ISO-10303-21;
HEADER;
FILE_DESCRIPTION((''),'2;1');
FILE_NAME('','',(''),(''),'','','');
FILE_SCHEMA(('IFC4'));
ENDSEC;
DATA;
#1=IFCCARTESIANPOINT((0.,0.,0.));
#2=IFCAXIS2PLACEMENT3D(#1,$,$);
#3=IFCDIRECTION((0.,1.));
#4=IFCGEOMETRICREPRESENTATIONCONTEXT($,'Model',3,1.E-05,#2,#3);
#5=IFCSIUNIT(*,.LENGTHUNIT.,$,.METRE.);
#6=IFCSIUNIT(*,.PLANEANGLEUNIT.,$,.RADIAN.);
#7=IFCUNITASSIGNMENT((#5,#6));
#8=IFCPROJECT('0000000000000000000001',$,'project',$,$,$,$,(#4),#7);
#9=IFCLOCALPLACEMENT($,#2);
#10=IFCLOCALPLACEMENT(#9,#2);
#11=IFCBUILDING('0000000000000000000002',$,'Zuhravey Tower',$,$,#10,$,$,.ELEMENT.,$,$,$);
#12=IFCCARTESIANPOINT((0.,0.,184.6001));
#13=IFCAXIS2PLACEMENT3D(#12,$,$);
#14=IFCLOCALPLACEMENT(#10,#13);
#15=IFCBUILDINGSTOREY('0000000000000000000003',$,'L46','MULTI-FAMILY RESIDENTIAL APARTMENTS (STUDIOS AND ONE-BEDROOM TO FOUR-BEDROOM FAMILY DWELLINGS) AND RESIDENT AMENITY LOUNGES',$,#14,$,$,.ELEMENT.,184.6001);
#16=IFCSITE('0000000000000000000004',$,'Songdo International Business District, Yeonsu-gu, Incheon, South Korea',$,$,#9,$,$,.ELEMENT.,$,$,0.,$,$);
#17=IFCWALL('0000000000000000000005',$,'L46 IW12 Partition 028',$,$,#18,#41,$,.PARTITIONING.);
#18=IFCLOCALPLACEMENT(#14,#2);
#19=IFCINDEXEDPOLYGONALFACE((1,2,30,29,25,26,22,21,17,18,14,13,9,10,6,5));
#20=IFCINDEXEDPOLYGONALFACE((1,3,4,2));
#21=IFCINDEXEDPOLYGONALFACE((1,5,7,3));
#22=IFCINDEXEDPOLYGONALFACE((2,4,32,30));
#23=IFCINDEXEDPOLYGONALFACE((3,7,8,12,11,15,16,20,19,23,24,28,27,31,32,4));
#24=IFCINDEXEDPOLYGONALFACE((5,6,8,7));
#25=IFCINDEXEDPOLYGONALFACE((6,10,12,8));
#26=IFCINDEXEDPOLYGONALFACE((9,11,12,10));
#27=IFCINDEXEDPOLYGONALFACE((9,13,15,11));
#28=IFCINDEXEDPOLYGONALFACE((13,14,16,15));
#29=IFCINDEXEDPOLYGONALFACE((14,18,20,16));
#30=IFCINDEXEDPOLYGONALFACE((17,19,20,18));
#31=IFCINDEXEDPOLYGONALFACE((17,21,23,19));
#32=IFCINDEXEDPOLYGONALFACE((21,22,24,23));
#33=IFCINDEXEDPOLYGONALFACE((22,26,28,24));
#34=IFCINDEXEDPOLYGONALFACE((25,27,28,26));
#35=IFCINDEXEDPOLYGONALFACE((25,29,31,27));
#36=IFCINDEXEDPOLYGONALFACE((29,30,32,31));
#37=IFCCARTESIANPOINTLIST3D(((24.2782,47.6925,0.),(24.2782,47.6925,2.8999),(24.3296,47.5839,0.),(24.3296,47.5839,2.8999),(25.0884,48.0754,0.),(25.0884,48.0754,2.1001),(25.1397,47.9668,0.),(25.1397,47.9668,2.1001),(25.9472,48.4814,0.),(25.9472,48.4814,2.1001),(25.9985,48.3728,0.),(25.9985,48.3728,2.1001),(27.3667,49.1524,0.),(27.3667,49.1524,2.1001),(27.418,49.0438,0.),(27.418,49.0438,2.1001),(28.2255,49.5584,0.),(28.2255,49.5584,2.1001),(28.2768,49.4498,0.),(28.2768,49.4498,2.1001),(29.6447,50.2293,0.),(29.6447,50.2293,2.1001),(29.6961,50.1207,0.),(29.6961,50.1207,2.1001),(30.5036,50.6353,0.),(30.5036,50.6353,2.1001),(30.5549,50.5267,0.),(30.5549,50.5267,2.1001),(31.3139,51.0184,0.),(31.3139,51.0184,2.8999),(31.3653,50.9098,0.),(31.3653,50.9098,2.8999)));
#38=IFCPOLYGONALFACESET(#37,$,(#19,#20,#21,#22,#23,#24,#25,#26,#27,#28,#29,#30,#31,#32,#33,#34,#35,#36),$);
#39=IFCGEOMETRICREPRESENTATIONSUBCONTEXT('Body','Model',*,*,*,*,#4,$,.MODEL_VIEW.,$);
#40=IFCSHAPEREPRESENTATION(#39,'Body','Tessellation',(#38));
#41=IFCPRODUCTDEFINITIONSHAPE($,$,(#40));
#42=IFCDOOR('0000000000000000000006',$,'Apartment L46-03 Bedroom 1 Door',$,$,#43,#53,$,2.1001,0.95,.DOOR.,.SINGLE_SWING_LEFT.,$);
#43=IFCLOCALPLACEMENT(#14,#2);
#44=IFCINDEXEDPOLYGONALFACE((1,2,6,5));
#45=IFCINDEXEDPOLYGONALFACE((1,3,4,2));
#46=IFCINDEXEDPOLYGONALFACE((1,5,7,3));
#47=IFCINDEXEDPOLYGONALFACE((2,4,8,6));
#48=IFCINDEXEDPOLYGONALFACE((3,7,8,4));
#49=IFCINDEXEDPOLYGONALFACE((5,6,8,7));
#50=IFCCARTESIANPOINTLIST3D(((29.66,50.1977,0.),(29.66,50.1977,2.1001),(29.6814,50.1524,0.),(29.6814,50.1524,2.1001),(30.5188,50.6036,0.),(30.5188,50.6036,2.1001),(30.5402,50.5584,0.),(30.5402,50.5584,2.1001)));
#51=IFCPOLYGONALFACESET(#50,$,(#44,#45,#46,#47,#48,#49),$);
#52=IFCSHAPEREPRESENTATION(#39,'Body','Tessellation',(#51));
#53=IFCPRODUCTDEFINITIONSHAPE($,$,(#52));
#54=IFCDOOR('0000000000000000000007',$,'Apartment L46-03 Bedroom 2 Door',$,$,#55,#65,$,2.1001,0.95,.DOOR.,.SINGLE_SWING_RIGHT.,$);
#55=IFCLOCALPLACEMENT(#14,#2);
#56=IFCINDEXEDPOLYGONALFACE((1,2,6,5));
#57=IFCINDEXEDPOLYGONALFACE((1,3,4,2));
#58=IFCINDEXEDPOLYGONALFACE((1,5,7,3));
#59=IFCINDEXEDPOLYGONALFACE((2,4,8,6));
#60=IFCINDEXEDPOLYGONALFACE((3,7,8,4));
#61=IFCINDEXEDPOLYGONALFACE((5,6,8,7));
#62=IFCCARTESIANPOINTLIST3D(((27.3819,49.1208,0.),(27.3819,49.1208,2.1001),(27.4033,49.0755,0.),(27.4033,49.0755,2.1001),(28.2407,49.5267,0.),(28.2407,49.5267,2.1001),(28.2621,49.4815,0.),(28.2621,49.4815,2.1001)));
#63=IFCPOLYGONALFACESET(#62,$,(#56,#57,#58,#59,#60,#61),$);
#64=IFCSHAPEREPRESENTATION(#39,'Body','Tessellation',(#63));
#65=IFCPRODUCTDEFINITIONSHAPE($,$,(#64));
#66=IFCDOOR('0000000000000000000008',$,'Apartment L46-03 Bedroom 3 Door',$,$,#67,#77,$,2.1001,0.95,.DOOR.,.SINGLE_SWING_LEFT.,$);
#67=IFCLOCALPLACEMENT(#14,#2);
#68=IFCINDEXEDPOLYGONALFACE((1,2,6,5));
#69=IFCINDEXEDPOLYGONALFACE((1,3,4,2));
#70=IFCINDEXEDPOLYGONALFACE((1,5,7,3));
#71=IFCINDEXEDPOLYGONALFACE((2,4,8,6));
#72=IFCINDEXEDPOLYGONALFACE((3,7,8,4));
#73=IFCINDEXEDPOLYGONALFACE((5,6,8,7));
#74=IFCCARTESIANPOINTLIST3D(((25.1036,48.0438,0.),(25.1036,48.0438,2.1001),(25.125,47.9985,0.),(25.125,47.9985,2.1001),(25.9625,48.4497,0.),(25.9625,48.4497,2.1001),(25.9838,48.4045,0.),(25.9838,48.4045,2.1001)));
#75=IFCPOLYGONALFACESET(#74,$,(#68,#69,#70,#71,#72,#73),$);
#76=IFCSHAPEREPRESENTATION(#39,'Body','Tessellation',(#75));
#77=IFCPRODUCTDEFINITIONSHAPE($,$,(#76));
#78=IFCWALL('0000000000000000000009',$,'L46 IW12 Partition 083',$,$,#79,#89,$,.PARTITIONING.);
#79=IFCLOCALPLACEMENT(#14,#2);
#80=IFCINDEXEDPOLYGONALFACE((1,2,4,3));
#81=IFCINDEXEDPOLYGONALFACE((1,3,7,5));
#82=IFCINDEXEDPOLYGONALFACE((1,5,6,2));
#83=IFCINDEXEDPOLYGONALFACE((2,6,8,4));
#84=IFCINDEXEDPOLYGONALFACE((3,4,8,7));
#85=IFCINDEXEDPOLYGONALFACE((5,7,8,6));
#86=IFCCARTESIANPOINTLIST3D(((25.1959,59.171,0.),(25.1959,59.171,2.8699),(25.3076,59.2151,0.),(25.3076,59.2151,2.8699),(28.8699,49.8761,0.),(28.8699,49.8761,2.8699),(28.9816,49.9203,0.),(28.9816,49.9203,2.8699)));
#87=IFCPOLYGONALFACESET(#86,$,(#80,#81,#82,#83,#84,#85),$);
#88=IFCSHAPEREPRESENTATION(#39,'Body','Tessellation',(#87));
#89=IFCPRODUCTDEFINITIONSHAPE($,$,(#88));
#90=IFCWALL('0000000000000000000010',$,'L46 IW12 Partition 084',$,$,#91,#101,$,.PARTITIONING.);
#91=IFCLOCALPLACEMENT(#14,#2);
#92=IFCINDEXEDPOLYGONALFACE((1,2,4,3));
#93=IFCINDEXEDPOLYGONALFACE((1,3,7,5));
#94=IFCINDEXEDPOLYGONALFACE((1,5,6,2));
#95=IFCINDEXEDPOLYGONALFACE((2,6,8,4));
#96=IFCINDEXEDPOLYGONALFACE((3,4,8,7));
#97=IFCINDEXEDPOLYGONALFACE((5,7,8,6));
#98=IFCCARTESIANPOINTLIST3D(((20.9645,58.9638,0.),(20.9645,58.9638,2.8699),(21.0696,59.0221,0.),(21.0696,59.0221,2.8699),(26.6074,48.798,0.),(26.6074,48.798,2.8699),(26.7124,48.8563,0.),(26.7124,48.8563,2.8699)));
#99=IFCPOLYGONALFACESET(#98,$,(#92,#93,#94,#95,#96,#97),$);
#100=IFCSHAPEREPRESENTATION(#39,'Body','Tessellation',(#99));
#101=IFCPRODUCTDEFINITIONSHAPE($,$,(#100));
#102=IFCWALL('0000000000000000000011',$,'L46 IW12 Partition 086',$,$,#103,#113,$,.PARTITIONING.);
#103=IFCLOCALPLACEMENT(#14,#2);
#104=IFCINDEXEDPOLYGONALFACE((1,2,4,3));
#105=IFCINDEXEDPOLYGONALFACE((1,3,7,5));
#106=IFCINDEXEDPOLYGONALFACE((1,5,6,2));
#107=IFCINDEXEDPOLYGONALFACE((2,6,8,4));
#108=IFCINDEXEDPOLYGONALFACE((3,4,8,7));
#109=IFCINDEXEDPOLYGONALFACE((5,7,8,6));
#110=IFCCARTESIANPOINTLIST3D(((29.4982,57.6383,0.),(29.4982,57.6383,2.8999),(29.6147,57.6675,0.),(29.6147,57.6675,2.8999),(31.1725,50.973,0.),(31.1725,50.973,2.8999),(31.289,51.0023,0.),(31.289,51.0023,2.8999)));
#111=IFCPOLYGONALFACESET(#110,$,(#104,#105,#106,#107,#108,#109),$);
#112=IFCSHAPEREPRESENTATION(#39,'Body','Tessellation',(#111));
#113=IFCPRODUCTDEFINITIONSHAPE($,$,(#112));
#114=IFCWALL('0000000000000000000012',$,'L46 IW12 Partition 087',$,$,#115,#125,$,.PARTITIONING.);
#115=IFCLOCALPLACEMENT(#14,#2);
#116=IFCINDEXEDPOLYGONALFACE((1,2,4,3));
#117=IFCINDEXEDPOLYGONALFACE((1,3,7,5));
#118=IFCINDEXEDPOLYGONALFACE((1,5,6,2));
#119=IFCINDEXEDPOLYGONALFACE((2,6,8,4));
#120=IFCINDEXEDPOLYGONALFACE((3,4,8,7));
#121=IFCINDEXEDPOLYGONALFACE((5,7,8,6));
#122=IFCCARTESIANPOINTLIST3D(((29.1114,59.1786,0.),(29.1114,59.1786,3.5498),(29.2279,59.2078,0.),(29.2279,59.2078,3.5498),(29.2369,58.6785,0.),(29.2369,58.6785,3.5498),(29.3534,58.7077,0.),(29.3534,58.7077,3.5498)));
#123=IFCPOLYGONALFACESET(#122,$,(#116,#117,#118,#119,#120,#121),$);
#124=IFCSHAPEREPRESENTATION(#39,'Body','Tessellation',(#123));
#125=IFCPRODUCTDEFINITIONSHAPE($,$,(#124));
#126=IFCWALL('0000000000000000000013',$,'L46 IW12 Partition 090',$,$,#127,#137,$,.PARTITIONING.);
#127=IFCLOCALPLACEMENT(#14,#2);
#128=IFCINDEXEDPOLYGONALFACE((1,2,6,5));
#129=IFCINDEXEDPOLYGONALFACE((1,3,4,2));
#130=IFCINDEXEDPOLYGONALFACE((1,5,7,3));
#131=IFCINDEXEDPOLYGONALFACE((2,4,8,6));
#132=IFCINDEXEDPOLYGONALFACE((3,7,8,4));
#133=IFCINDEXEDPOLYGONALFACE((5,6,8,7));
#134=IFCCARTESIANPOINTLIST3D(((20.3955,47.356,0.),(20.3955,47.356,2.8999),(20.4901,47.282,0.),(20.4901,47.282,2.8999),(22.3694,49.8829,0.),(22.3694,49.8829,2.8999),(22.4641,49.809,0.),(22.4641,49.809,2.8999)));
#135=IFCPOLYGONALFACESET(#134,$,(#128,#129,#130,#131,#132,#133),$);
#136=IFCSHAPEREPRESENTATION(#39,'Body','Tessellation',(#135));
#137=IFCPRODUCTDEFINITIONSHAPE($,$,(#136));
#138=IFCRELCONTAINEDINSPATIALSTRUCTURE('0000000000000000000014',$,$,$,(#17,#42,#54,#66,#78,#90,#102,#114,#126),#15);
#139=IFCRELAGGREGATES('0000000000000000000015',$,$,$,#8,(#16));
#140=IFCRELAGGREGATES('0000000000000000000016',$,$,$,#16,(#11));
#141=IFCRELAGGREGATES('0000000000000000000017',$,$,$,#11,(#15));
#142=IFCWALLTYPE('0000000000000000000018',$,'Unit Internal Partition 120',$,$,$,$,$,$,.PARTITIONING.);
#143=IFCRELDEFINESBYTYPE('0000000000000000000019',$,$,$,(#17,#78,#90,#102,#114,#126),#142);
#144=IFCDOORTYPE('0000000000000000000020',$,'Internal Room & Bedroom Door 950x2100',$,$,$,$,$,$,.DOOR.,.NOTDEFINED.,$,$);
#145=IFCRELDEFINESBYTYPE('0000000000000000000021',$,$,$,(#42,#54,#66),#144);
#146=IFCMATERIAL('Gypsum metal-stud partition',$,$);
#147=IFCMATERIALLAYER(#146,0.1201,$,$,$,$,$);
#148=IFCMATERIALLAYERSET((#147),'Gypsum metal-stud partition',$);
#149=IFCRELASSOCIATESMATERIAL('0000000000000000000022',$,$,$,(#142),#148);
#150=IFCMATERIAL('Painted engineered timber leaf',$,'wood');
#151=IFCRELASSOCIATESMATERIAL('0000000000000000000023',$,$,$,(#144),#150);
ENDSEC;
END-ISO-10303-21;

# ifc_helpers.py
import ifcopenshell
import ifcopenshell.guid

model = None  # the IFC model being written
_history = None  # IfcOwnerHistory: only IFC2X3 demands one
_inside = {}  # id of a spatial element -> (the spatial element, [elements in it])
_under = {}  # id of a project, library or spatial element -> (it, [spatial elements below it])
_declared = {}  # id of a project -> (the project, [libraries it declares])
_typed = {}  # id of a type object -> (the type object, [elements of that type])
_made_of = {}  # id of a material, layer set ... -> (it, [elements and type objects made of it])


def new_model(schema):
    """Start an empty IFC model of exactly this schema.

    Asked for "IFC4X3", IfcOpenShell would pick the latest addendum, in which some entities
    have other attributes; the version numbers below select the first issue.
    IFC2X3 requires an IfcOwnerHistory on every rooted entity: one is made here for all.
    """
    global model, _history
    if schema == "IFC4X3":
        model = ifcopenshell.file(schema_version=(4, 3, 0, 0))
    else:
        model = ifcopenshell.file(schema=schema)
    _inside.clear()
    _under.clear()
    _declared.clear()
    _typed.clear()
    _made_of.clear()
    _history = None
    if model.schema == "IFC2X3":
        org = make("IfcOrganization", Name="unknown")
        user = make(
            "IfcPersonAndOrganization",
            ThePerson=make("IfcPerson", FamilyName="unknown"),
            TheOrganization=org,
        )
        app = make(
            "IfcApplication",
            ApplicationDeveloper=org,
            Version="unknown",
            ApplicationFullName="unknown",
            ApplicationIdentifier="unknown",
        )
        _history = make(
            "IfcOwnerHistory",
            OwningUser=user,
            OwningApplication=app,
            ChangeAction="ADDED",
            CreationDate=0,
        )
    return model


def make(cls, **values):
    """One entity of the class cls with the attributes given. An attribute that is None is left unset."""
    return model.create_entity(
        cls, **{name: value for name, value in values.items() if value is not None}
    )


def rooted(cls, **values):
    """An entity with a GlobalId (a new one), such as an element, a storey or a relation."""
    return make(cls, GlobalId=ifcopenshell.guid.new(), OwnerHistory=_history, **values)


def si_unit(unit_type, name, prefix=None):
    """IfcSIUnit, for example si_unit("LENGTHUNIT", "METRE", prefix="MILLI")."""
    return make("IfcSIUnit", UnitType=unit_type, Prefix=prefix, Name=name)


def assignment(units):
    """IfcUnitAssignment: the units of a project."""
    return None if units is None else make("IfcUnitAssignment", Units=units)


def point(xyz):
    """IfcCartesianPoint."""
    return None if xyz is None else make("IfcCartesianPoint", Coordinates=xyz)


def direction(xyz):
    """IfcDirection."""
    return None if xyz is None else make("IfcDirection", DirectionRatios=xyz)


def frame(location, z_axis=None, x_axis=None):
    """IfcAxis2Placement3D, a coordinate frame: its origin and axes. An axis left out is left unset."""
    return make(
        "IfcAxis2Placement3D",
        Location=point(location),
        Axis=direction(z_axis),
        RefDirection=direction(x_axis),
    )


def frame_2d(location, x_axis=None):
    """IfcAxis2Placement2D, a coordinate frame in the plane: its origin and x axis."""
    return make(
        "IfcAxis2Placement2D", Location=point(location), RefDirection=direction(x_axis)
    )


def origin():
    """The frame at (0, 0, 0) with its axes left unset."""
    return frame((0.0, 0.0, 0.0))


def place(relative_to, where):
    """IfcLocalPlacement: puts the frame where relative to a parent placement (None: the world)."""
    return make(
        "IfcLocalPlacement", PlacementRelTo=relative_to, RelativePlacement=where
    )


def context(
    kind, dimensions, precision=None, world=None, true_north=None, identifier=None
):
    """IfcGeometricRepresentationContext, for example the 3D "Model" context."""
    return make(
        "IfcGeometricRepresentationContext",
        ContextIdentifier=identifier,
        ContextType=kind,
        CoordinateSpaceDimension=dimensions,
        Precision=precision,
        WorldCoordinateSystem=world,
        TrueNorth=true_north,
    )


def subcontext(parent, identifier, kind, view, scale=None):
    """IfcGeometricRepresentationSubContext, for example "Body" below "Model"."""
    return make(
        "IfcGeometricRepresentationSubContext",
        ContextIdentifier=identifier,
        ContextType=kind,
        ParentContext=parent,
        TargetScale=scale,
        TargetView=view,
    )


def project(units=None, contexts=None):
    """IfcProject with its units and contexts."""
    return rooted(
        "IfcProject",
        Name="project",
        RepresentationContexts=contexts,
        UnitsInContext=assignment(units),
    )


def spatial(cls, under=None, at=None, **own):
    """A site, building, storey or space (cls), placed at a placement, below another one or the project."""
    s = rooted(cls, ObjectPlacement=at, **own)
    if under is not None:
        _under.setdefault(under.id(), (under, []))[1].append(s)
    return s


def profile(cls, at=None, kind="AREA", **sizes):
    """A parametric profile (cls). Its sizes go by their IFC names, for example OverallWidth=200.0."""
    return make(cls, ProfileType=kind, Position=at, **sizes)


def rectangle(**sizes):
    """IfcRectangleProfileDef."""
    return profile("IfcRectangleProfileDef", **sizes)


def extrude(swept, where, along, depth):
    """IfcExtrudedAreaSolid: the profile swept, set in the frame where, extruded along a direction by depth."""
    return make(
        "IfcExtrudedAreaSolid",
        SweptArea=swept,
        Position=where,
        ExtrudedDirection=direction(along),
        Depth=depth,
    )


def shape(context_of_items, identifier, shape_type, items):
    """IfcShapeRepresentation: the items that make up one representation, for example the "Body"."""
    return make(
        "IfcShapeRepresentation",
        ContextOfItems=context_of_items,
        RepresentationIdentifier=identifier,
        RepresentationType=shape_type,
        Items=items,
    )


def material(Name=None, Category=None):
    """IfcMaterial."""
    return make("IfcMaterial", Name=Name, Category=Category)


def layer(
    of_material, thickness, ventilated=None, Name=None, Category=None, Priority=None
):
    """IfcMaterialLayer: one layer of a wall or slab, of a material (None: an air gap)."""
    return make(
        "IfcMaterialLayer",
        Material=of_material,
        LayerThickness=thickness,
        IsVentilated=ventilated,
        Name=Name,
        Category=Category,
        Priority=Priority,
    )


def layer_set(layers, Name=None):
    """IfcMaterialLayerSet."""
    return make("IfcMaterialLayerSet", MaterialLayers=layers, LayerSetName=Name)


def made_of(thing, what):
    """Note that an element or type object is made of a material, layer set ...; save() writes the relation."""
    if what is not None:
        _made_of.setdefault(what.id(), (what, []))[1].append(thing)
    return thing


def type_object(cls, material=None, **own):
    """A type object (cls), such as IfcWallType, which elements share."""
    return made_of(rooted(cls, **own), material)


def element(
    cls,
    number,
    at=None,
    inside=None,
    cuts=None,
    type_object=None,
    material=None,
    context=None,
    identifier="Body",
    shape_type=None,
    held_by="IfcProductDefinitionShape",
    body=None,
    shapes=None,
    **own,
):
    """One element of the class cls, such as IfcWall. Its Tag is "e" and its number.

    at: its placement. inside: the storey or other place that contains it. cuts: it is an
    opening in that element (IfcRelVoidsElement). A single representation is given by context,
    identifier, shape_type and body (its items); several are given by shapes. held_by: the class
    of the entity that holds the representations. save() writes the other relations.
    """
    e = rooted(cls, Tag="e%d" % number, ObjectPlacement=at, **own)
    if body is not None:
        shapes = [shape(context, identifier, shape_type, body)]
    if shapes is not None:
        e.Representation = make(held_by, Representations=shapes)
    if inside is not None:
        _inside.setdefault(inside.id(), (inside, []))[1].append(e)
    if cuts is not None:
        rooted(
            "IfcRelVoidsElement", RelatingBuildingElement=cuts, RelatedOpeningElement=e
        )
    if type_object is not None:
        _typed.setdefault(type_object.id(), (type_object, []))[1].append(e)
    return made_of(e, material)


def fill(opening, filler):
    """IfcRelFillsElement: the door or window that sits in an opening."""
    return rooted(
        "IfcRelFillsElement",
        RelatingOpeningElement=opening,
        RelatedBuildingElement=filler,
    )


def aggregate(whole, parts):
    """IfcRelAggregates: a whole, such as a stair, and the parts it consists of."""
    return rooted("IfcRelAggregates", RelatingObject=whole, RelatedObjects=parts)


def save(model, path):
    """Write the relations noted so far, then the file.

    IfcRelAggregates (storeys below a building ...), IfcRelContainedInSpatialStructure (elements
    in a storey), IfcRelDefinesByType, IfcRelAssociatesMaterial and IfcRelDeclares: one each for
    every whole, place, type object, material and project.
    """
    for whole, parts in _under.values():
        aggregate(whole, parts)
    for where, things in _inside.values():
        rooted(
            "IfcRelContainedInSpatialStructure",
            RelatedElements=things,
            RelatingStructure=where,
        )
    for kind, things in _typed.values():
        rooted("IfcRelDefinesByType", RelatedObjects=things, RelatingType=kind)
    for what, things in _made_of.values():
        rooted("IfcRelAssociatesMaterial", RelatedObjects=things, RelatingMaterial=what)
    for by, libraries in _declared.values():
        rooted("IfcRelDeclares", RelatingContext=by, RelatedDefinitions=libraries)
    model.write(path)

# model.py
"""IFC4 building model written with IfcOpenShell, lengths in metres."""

from ifc_helpers import new_model, si_unit, direction, frame, frame_2d, origin, place, context, subcontext, project, spatial, rectangle, extrude, material, layer, layer_set, type_object, element, fill, save


model = new_model("IFC4")

# Units and contexts
model_context = context("Model", 3, precision=1e-05, world=origin(), true_north=direction((0.0, 1.0)))
body_context = subcontext(model_context, "Body", "Model", "MODEL_VIEW")
ifc_project = project(units=[si_unit("LENGTHUNIT", "METRE"), si_unit("PLANEANGLEUNIT", "RADIAN")], contexts=[model_context])

# Site, building, storey
site_placement = place(None, origin())
site = spatial("IfcSite", under=ifc_project, at=site_placement, Name="Songdo International Business District, Yeonsu-gu, Incheon, South Korea", CompositionType="ELEMENT", RefElevation=0.0)
building_placement = place(site_placement, origin())
building = spatial("IfcBuilding", under=site, at=building_placement, Name="Zuhravey Tower", CompositionType="ELEMENT")
storey_placement = place(building_placement, frame((0.0, 0.0, 184.6001)))
storey = spatial("IfcBuildingStorey", under=building, at=storey_placement, Name="L46", Description="MULTI-FAMILY RESIDENTIAL APARTMENTS (STUDIOS AND ONE-BEDROOM TO FOUR-BEDROOM FAMILY DWELLINGS) AND RESIDENT AMENITY LOUNGES", CompositionType="ELEMENT", Elevation=184.6001)

# Wall, openings, doors
ifc_material_1 = material(Name="Gypsum metal-stud partition")
ifc_layer_1 = layer(ifc_material_1, 0.1201)
ifc_layer_set_1 = layer_set([ifc_layer_1], Name="Gypsum metal-stud partition")
wall_type_1 = type_object("IfcWallType", Name="Unit Internal Partition 120", PredefinedType="PARTITIONING", material=ifc_layer_set_1)
ifc_material_2 = material(Name="Painted engineered timber leaf", Category="wood")
door_type_1 = type_object("IfcDoorType", Name="Internal Room & Bedroom Door 950x2100", OperationType="NOTDEFINED", PredefinedType="DOOR", material=ifc_material_2)
wall_1_placement = place(storey_placement, frame((31.3396, 50.9641, 0.0), z_axis=(0.0, 0.0, 1.0), x_axis=(-0.904073, -0.427378, 0.0)))
wall_1 = element("IfcWall", 1, at=wall_1_placement, inside=storey, type_object=wall_type_1, Name="L46 IW12 Partition 028", PredefinedType="PARTITIONING", context=body_context, shape_type="SweptSolid", body=[
    extrude(rectangle(XDim=7.7822, YDim=0.1201, at=frame_2d((3.8911, 0.0))), origin(), (0.0, 0.0, 1.0), 2.8999),
])
opening_1_placement = place(wall_1_placement, frame((0.8962, 0.0, 0.0)))
opening_1 = element("IfcOpeningElement", 2, at=opening_1_placement, cuts=wall_1, PredefinedType="OPENING", context=body_context, shape_type="SweptSolid", body=[
    extrude(rectangle(XDim=0.95, YDim=2.1001, at=frame_2d((0.4751, 1.05))), frame((0.0, 0.072, 0.0), z_axis=(0.0, -1.0, 0.0), x_axis=(1.0, 0.0, 0.0)), (0.0, 0.0, 1.0), 0.144),
])
opening_2_placement = place(wall_1_placement, frame((3.416, 0.0, 0.0)))
opening_2 = element("IfcOpeningElement", 3, at=opening_2_placement, cuts=wall_1, PredefinedType="OPENING", context=body_context, shape_type="SweptSolid", body=[
    extrude(rectangle(XDim=0.95, YDim=2.1001, at=frame_2d((0.4751, 1.05))), frame((0.0, 0.072, 0.0), z_axis=(0.0, -1.0, 0.0), x_axis=(1.0, 0.0, 0.0)), (0.0, 0.0, 1.0), 0.144),
])
opening_3_placement = place(wall_1_placement, frame((5.936, 0.0, 0.0)))
opening_3 = element("IfcOpeningElement", 4, at=opening_3_placement, cuts=wall_1, PredefinedType="OPENING", context=body_context, shape_type="SweptSolid", body=[
    extrude(rectangle(XDim=0.95, YDim=2.1001, at=frame_2d((0.4751, 1.05))), frame((0.0, 0.072, 0.0), z_axis=(0.0, -1.0, 0.0), x_axis=(1.0, 0.0, 0.0)), (0.0, 0.0, 1.0), 0.144),
])
door_1_placement = place(opening_1_placement, frame((0.95, 0.0, 0.0), z_axis=(0.0, 0.0, 1.0), x_axis=(-1.0, 0.0, 0.0)))
door_1 = element("IfcDoor", 5, at=door_1_placement, inside=storey, type_object=door_type_1, Name="Apartment L46-03 Bedroom 1 Door", OperationType="SINGLE_SWING_LEFT", OverallHeight=2.1001, OverallWidth=0.95, PredefinedType="DOOR", context=body_context, shape_type="SweptSolid", body=[
    extrude(rectangle(XDim=0.95, YDim=2.1001, at=frame_2d((0.4751, 1.05))), frame((0.0, 0.0249, 0.0), z_axis=(0.0, -1.0, 0.0), x_axis=(1.0, 0.0, 0.0)), (0.0, 0.0, 1.0), 0.05),
])
fill(opening_1, door_1)
door_2_placement = place(opening_2_placement, frame((0.95, 0.0, 0.0), z_axis=(0.0, 0.0, 1.0), x_axis=(-1.0, 0.0, 0.0)))
door_2 = element("IfcDoor", 6, at=door_2_placement, inside=storey, type_object=door_type_1, Name="Apartment L46-03 Bedroom 2 Door", OperationType="SINGLE_SWING_RIGHT", OverallHeight=2.1001, OverallWidth=0.95, PredefinedType="DOOR", context=body_context, shape_type="SweptSolid", body=[
    extrude(rectangle(XDim=0.95, YDim=2.1001, at=frame_2d((0.4751, 1.05))), frame((0.0, 0.0249, 0.0), z_axis=(0.0, -1.0, 0.0), x_axis=(1.0, 0.0, 0.0)), (0.0, 0.0, 1.0), 0.05),
])
fill(opening_2, door_2)
door_3_placement = place(opening_3_placement, frame((0.95, 0.0, 0.0), z_axis=(0.0, 0.0, 1.0), x_axis=(-1.0, 0.0, 0.0)))
door_3 = element("IfcDoor", 7, at=door_3_placement, inside=storey, type_object=door_type_1, Name="Apartment L46-03 Bedroom 3 Door", OperationType="SINGLE_SWING_LEFT", OverallHeight=2.1001, OverallWidth=0.95, PredefinedType="DOOR", context=body_context, shape_type="SweptSolid", body=[
    extrude(rectangle(XDim=0.95, YDim=2.1001, at=frame_2d((0.4751, 1.05))), frame((0.0, 0.0249, 0.0), z_axis=(0.0, -1.0, 0.0), x_axis=(1.0, 0.0, 0.0)), (0.0, 0.0, 1.0), 0.05),
])
fill(opening_3, door_3)

# Walls
wall_2_placement = place(storey_placement, frame((28.9258, 49.8982, 0.0), z_axis=(0.0, 0.0, 1.0), x_axis=(-0.367601, 0.929983, 0.0)))
element("IfcWall", 8, at=wall_2_placement, inside=storey, type_object=wall_type_1, Name="L46 IW12 Partition 083", PredefinedType="PARTITIONING", context=body_context, shape_type="SweptSolid", body=[
    extrude(rectangle(XDim=9.9946, YDim=0.1201, at=frame_2d((4.9973, 0.0))), origin(), (0.0, 0.0, 1.0), 2.8699),
])
wall_3_placement = place(storey_placement, frame((26.6599, 48.8271, 0.0), z_axis=(0.0, 0.0, 1.0), x_axis=(-0.485326, 0.874334, 0.0)))
element("IfcWall", 9, at=wall_3_placement, inside=storey, type_object=wall_type_1, Name="L46 IW12 Partition 084", PredefinedType="PARTITIONING", context=body_context, shape_type="SweptSolid", body=[
    extrude(rectangle(XDim=11.627, YDim=0.1201, at=frame_2d((5.8135, 0.0))), origin(), (0.0, 0.0, 1.0), 2.8699),
])
wall_4_placement = place(storey_placement, frame((31.2307, 50.9878, 0.0), z_axis=(0.0, 0.0, 1.0), x_axis=(-0.24363, 0.969868, 0.0)))
element("IfcWall", 10, at=wall_4_placement, inside=storey, type_object=wall_type_1, Name="L46 IW12 Partition 086", PredefinedType="PARTITIONING", context=body_context, shape_type="SweptSolid", body=[
    extrude(rectangle(XDim=6.8723, YDim=0.1201, at=frame_2d((3.436, 0.0))), origin(), (0.0, 0.0, 1.0), 2.8999),
])
wall_5_placement = place(storey_placement, frame((29.2952, 58.6931, 0.0), z_axis=(0.0, 0.0, 1.0), x_axis=(-0.243427, 0.969919, 0.0)))
element("IfcWall", 11, at=wall_5_placement, inside=storey, type_object=wall_type_1, Name="L46 IW12 Partition 087", PredefinedType="PARTITIONING", context=body_context, shape_type="SweptSolid", body=[
    extrude(rectangle(XDim=0.5156, YDim=0.1201, at=frame_2d((0.2578, 0.0))), origin(), (0.0, 0.0, 1.0), 3.5498),
])
wall_6_placement = place(storey_placement, frame((22.4167, 49.8459, 0.0), z_axis=(0.0, 0.0, 1.0), x_axis=(-0.6156, -0.788059, 0.0)))
element("IfcWall", 12, at=wall_6_placement, inside=storey, type_object=wall_type_1, Name="L46 IW12 Partition 090", PredefinedType="PARTITIONING", context=body_context, shape_type="SweptSolid", body=[
    extrude(rectangle(XDim=3.2065, YDim=0.1201, at=frame_2d((1.6033, 0.0))), origin(), (0.0, 0.0, 1.0), 2.8999),
])

save(model, "model.ifc")
